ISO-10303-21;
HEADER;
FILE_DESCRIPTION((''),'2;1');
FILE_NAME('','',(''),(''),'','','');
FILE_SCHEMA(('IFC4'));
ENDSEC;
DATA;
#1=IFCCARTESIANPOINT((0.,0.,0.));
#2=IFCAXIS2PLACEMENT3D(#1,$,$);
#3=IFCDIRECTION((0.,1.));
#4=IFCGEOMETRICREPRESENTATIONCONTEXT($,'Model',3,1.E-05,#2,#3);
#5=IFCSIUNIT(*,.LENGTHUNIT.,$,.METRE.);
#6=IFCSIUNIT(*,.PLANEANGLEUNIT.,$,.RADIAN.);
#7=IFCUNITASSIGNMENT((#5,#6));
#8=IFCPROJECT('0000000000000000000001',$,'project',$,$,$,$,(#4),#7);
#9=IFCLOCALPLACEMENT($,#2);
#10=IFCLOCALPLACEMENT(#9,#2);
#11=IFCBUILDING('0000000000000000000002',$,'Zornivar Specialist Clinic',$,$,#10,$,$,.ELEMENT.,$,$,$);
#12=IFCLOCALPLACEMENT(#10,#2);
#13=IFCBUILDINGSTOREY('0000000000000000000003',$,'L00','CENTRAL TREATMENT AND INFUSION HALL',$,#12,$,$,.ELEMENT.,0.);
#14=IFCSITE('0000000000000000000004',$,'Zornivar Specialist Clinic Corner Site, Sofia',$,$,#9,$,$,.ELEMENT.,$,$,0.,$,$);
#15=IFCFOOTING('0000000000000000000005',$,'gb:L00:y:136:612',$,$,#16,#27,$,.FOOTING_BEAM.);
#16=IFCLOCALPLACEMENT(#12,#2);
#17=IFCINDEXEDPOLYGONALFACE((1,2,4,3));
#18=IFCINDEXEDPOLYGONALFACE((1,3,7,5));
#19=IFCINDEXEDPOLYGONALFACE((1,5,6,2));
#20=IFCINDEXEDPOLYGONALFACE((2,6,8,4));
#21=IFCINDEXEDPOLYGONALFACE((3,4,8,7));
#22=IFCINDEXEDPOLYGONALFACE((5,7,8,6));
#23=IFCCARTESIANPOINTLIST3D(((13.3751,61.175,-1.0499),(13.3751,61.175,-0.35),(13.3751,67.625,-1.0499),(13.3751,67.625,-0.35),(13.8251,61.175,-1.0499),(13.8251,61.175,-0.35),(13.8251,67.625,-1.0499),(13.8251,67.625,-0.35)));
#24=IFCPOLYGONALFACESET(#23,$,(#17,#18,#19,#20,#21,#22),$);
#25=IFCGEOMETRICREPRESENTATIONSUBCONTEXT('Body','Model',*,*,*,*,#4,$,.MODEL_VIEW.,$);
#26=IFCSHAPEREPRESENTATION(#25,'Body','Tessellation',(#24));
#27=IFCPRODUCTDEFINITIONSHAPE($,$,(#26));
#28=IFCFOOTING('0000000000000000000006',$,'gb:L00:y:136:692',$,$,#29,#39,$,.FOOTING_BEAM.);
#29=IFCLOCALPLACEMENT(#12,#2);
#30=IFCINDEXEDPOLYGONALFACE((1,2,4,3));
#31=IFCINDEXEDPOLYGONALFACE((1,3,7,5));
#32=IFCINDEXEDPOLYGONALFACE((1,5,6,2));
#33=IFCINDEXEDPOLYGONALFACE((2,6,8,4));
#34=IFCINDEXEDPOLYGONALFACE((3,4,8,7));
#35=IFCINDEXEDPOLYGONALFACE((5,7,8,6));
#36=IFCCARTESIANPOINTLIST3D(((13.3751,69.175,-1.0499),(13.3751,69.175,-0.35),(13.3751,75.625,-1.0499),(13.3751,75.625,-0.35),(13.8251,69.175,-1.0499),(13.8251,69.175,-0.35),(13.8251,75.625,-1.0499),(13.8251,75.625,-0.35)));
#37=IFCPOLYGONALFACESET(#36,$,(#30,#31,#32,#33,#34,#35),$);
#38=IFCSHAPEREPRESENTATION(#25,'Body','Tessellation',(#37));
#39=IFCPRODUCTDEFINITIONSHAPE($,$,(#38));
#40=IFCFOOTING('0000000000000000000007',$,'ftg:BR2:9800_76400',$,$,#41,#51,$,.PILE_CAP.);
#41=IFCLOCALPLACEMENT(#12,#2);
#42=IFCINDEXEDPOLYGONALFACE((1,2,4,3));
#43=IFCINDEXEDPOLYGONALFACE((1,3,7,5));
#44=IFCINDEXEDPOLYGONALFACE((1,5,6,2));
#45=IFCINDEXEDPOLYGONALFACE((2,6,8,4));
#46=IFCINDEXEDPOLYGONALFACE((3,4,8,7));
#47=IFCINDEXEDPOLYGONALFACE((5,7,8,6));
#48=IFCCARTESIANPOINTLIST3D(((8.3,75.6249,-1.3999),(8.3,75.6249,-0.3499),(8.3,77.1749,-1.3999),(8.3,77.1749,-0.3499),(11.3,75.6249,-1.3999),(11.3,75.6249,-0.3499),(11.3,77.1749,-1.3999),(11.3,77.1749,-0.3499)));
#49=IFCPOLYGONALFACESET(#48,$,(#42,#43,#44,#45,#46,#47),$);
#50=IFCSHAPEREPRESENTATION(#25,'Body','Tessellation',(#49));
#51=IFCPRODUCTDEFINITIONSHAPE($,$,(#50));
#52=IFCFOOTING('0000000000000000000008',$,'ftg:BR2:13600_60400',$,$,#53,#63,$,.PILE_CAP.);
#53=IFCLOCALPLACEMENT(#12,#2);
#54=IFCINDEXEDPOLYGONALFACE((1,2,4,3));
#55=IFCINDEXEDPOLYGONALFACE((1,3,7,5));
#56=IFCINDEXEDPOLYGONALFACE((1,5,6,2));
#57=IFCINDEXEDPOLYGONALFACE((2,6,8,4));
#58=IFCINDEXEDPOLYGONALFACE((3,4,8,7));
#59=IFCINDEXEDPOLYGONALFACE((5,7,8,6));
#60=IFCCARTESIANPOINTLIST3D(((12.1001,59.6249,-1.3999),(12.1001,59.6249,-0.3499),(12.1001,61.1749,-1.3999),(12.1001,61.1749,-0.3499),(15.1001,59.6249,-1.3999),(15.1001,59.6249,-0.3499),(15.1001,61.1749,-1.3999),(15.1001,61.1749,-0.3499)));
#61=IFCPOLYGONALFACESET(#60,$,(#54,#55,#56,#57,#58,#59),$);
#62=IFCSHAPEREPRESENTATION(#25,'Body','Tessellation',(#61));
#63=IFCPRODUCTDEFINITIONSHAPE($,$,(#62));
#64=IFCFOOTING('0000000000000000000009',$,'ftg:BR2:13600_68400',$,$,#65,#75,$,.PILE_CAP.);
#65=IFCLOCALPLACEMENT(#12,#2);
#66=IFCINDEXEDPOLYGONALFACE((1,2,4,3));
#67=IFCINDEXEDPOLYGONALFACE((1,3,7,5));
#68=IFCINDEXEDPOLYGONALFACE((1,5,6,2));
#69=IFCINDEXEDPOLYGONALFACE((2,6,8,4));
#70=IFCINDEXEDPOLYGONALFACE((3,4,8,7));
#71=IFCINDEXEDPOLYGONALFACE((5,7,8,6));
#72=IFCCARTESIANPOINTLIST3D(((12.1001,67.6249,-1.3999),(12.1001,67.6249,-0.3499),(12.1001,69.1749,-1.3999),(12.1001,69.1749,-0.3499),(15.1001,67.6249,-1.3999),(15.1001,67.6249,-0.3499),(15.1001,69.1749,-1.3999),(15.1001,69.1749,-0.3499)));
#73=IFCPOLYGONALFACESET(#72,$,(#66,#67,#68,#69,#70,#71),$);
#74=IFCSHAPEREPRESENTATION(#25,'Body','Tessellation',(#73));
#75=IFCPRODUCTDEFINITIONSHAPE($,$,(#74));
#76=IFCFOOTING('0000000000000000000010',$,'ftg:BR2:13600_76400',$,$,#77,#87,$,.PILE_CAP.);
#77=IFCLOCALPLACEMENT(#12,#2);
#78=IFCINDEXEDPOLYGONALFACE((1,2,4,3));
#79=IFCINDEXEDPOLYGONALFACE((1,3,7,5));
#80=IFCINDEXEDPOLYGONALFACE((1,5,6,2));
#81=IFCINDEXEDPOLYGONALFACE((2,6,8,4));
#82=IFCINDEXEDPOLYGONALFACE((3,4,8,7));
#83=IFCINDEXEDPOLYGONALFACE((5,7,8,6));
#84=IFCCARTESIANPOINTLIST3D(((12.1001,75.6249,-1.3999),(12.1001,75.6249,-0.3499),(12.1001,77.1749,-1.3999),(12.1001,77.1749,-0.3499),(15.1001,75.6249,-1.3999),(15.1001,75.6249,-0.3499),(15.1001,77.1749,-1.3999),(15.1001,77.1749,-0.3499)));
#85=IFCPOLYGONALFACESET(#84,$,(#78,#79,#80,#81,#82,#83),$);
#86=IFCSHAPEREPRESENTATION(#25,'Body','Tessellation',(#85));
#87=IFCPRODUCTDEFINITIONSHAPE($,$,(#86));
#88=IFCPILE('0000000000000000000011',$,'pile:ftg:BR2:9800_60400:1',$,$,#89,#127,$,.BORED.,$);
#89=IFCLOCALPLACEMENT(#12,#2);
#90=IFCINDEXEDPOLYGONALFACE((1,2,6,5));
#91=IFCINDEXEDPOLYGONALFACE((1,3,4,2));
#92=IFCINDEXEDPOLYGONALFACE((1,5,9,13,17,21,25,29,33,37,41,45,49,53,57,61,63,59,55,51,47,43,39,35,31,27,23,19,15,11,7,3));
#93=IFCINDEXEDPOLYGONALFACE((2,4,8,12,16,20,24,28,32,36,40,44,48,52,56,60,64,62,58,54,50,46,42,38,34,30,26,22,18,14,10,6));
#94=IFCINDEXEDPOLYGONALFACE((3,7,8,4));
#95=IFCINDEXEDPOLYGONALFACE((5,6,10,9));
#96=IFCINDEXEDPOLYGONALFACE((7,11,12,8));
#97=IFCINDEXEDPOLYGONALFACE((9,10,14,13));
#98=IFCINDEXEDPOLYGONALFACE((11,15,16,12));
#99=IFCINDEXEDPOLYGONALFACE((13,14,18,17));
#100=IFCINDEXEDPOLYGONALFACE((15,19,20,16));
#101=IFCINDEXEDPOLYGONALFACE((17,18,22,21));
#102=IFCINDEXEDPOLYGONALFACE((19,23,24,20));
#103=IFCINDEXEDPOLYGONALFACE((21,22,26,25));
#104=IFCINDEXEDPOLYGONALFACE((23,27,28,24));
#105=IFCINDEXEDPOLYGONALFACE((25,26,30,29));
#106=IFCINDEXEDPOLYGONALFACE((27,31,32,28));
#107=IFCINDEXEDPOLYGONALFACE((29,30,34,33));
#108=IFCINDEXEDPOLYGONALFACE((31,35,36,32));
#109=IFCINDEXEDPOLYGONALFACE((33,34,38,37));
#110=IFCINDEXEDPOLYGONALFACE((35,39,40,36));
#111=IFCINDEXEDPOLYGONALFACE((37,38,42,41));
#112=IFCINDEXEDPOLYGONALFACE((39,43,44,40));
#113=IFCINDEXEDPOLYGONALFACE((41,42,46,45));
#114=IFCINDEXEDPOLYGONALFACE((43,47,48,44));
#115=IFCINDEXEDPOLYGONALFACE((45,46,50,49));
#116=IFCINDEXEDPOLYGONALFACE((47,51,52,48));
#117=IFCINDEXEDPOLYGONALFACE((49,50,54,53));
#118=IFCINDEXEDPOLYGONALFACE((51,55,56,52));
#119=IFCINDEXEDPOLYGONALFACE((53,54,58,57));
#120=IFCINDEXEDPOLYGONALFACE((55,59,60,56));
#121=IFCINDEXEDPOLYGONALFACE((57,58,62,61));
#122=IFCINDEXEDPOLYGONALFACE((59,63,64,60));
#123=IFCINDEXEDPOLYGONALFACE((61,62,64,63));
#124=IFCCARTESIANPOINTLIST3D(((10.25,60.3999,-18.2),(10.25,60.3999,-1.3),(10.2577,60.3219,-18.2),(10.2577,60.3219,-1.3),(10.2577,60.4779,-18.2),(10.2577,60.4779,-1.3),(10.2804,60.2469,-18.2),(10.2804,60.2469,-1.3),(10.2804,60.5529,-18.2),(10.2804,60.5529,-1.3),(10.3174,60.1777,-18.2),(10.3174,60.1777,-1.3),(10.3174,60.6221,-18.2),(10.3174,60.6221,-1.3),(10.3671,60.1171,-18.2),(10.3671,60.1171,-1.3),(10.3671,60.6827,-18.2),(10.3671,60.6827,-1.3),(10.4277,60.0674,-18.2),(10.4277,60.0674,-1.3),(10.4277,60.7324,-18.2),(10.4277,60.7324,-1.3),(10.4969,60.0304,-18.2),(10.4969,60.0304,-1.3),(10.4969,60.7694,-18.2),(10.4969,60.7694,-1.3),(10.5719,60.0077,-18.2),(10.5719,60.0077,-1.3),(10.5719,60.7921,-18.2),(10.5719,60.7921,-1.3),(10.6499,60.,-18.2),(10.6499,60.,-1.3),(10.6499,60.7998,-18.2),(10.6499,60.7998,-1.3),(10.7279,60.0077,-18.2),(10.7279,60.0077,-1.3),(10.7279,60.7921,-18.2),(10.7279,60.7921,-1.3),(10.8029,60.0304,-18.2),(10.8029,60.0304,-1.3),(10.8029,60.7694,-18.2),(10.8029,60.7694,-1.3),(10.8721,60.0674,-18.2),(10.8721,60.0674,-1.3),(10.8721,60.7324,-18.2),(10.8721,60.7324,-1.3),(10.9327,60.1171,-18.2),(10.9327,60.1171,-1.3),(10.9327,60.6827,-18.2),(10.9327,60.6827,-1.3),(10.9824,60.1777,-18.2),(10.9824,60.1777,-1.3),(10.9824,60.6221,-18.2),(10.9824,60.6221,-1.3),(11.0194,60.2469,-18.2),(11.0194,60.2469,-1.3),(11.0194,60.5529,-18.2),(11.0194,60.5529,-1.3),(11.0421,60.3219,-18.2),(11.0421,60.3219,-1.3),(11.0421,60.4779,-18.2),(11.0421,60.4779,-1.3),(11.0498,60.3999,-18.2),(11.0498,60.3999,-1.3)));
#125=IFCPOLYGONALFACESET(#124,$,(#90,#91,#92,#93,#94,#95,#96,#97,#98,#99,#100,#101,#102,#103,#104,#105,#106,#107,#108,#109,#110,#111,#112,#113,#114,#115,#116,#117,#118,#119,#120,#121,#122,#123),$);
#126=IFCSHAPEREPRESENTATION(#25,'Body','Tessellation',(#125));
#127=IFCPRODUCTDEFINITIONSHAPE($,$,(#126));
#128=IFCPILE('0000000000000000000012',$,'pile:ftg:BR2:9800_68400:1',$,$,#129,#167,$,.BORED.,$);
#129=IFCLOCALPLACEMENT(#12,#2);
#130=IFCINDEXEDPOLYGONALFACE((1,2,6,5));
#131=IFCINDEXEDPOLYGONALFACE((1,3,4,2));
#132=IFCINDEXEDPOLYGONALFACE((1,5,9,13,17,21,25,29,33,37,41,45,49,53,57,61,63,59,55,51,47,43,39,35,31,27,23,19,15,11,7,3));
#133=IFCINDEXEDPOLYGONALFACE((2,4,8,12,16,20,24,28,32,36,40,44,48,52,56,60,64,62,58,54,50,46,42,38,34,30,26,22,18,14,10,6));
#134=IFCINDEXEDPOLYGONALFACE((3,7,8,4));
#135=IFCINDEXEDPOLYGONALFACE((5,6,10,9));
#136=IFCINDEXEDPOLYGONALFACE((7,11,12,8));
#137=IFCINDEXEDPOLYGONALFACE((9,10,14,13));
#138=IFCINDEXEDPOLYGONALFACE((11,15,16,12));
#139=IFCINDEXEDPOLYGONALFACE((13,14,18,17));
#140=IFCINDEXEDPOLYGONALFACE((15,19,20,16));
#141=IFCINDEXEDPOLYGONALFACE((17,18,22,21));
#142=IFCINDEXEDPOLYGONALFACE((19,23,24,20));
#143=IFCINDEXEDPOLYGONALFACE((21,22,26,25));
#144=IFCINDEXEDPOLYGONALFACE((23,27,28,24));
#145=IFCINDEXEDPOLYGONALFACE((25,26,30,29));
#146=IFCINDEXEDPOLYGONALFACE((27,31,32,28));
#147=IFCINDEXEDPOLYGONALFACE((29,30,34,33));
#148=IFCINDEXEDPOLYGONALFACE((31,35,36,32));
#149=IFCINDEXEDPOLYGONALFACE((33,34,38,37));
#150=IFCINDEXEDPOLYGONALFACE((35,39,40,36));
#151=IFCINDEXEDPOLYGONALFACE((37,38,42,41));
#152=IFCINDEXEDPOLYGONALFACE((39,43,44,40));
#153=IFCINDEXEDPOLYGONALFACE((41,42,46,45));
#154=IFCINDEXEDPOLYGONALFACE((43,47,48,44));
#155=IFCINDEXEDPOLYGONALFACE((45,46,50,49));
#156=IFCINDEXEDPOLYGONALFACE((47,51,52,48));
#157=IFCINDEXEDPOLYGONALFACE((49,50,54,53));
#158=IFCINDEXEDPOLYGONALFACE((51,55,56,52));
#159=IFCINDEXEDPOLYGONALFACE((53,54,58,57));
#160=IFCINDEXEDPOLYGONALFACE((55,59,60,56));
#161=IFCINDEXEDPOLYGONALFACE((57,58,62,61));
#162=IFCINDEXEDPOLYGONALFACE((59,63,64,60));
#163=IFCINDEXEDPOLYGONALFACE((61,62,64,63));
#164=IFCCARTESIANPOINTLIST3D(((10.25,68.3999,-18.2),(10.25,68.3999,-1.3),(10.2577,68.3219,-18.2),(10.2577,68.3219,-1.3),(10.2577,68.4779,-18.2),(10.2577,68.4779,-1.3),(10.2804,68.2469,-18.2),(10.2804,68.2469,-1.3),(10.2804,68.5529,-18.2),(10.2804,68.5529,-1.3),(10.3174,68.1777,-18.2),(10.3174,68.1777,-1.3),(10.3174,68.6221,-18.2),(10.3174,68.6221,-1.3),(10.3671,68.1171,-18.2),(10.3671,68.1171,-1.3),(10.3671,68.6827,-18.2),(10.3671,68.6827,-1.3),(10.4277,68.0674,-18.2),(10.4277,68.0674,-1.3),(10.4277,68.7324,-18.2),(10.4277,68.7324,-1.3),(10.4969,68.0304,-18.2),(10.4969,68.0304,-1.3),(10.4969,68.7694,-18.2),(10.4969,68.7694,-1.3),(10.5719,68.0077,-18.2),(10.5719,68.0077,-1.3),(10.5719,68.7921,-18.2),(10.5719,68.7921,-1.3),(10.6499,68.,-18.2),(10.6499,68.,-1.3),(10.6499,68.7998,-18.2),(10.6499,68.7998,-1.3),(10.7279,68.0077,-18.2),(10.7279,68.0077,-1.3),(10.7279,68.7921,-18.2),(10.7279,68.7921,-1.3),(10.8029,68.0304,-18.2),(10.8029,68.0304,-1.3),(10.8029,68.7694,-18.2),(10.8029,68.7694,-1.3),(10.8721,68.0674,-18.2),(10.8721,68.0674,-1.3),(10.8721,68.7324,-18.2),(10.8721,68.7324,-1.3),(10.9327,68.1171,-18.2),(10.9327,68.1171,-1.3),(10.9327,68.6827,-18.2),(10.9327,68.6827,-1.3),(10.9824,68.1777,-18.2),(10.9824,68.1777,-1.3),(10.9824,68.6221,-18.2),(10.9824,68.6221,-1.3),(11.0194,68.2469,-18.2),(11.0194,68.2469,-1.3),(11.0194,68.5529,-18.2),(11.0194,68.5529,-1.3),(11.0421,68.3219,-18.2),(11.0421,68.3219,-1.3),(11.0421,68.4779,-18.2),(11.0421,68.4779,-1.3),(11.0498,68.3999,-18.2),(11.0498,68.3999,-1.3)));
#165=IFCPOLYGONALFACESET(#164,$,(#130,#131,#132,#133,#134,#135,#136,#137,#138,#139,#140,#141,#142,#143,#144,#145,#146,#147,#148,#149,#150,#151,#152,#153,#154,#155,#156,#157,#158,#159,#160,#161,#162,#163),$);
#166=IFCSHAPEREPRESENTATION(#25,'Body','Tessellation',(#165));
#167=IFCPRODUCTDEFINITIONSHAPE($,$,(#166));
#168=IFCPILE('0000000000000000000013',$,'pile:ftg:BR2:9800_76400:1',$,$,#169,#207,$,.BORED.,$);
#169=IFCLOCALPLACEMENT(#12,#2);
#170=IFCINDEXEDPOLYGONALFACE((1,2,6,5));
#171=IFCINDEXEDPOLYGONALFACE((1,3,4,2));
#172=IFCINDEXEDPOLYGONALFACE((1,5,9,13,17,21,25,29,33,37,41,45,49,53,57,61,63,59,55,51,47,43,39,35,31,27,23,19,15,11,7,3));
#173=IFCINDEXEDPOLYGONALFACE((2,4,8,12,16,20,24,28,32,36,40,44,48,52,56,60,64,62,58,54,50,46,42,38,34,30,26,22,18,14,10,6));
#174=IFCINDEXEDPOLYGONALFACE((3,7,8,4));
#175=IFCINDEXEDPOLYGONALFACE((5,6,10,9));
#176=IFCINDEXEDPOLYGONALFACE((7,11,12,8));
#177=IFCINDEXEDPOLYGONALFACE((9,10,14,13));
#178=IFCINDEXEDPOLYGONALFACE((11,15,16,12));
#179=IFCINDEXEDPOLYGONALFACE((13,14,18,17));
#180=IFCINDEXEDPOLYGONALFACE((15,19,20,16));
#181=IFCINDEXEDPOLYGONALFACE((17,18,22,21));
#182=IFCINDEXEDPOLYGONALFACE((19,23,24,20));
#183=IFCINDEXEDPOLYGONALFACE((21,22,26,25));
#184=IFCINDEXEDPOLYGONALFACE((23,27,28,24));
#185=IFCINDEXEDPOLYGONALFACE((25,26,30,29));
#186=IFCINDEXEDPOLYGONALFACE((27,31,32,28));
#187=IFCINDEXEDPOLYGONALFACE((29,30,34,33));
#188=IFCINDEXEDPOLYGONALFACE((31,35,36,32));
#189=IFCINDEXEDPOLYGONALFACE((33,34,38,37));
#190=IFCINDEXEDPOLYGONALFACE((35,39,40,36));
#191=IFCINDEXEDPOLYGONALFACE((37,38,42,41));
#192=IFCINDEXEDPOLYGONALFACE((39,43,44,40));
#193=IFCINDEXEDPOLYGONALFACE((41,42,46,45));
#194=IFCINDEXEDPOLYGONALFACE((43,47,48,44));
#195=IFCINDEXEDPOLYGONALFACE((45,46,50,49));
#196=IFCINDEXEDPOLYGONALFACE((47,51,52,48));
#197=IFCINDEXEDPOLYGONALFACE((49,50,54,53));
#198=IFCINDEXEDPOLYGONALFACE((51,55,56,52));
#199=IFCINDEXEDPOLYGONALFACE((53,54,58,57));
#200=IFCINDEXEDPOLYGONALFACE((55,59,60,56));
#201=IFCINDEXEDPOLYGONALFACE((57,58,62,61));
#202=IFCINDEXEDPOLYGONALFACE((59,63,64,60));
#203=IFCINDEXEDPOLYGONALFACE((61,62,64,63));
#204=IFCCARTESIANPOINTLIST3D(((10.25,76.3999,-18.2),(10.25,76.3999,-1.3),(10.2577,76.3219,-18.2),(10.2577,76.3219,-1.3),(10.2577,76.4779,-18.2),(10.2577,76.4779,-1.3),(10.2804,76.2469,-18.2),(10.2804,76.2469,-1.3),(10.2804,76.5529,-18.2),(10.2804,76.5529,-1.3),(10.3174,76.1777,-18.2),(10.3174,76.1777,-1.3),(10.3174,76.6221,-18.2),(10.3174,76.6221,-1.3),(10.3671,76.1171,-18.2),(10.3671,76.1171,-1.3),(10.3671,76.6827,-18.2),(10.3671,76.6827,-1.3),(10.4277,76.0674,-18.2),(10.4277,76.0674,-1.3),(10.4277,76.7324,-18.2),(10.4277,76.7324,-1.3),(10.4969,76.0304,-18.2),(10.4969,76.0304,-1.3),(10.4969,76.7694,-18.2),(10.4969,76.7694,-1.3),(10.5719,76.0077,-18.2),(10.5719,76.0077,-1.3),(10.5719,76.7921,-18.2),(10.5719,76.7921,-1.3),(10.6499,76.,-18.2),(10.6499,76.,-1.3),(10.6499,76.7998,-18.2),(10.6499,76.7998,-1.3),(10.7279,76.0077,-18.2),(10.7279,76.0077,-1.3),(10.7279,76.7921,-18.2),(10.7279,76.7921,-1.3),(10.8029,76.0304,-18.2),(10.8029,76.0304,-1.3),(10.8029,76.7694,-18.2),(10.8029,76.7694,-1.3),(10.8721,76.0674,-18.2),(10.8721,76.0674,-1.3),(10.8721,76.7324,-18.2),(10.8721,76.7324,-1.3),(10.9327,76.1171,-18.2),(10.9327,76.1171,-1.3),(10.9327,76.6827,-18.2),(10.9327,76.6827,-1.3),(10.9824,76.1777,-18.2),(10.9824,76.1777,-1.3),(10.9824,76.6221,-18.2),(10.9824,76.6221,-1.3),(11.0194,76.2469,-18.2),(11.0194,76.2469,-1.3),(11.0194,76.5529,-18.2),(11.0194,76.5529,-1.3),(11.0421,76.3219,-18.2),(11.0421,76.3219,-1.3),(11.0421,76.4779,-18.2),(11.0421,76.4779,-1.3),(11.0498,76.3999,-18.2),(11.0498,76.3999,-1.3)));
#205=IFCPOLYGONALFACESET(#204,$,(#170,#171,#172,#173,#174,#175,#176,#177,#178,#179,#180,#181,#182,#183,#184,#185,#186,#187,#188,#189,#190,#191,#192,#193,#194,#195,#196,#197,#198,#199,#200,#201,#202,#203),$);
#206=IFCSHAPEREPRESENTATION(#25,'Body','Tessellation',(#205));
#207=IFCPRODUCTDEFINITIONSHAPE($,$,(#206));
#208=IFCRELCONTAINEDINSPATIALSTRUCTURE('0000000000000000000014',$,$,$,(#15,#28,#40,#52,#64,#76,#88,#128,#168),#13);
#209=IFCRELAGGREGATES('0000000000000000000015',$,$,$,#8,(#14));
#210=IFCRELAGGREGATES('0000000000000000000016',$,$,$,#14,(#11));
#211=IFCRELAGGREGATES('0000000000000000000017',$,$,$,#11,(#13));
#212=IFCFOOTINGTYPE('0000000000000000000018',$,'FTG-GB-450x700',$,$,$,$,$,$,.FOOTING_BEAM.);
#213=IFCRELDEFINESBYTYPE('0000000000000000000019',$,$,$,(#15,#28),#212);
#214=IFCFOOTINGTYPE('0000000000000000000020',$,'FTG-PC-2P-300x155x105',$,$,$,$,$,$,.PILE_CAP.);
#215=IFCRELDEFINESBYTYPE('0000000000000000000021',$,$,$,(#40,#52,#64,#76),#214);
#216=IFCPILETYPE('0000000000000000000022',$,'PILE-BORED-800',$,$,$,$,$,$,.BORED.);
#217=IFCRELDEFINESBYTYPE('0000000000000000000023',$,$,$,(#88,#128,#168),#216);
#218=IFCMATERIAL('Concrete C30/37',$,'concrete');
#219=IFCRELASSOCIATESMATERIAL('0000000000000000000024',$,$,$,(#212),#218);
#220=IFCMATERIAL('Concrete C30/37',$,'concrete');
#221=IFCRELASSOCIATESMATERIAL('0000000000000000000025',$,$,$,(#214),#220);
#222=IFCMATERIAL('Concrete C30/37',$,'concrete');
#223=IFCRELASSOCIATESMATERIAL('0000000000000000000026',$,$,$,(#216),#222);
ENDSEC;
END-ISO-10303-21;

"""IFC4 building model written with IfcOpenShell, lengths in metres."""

from ifc_helpers import new_model, si_unit, direction, frame, origin, origin_2d, place, context, subcontext, project, spatial, rectangle, circle, extrude, material, material_profile, profile_set, type_object, element, save


model = new_model("IFC4")

# Units and contexts
model_context = context("Model", 3, precision=1e-05, world=origin(), true_north=direction((0.0, 1.0)))
body_context = subcontext(model_context, "Body", "Model", "MODEL_VIEW")
ifc_project = project(units=[si_unit("LENGTHUNIT", "METRE"), si_unit("PLANEANGLEUNIT", "RADIAN")], contexts=[model_context])

# Site, building, storey
site_placement = place(None, origin())
site = spatial("IfcSite", under=ifc_project, at=site_placement, Name="Zornivar Specialist Clinic Corner Site, Sofia", CompositionType="ELEMENT", RefElevation=0.0)
building_placement = place(site_placement, origin())
building = spatial("IfcBuilding", under=site, at=building_placement, Name="Zornivar Specialist Clinic", CompositionType="ELEMENT")
storey_placement = place(building_placement, origin())
storey = spatial("IfcBuildingStorey", under=building, at=storey_placement, Name="L00", Description="CENTRAL TREATMENT AND INFUSION HALL", CompositionType="ELEMENT", Elevation=0.0)

# Footings
ifc_material_1 = material(Name="Concrete C30/37", Category="concrete")
ifc_material_profile_1 = material_profile(ifc_material_1, rectangle(XDim=0.45, YDim=0.7, at=origin_2d()), Name="RC 450x700")
ifc_profile_set_1 = profile_set([ifc_material_profile_1], Name="Concrete C30/37")
footing_type_1 = type_object("IfcFootingType", Name="FTG-GB-450x700", PredefinedType="FOOTING_BEAM", material=ifc_profile_set_1)
for number, where, z_axis, x_axis, name in (
    (1, (13.6001, 61.175, -0.7), (0.0, 1.0, 0.0), (-1.0, 0.0, 0.0), "gb:L00:y:136:612"),
    (2, (13.6001, 69.175, -0.7), (0.0, 1.0, 0.0), (-1.0, 0.0, 0.0), "gb:L00:y:136:692"),
):
    element("IfcFooting", number, at=place(storey_placement, frame(where, z_axis=z_axis, x_axis=x_axis)), inside=storey, type_object=footing_type_1, Name=name, PredefinedType="FOOTING_BEAM", context=body_context, shape_type="SweptSolid", body=[
        extrude(rectangle(XDim=0.45, YDim=0.7, at=origin_2d()), origin(), (0.0, 0.0, 1.0), 6.45),
    ])
ifc_material_2 = material(Name="Concrete C30/37", Category="concrete")
footing_type_2 = type_object("IfcFootingType", Name="FTG-PC-2P-300x155x105", PredefinedType="PILE_CAP", material=ifc_material_2)
for number, where, z_axis, x_axis, name in (
    (3, (9.8, 76.3999, -1.3999), (0.0, 0.0, 1.0), (1.0, 0.0, 0.0), "ftg:BR2:9800_76400"),
    (4, (13.6001, 60.3999, -1.3999), (0.0, 0.0, 1.0), (1.0, 0.0, 0.0), "ftg:BR2:13600_60400"),
    (5, (13.6001, 68.3999, -1.3999), (0.0, 0.0, 1.0), (1.0, 0.0, 0.0), "ftg:BR2:13600_68400"),
    (6, (13.6001, 76.3999, -1.3999), (0.0, 0.0, 1.0), (1.0, 0.0, 0.0), "ftg:BR2:13600_76400"),
):
    element("IfcFooting", number, at=place(storey_placement, frame(where, z_axis=z_axis, x_axis=x_axis)), inside=storey, type_object=footing_type_2, Name=name, PredefinedType="PILE_CAP", context=body_context, shape_type="SweptSolid", body=[
        extrude(rectangle(XDim=3.0, YDim=1.55, at=origin_2d()), origin(), (0.0, 0.0, 1.0), 1.05),
    ])

# Piles
ifc_material_3 = material(Name="Concrete C30/37", Category="concrete")
ifc_material_profile_2 = material_profile(ifc_material_3, circle(Radius=0.3999, at=origin_2d()), Name="PILE D800")
ifc_profile_set_2 = profile_set([ifc_material_profile_2], Name="Concrete C30/37")
pile_type = type_object("IfcPileType", Name="PILE-BORED-800", PredefinedType="BORED", material=ifc_profile_set_2)
for number, where, z_axis, x_axis, name in (
    (7, (10.6499, 60.3999, -1.3), (0.0, 0.0, -1.0), (1.0, 0.0, 0.0), "pile:ftg:BR2:9800_60400:1"),
    (8, (10.6499, 68.3999, -1.3), (0.0, 0.0, -1.0), (1.0, 0.0, 0.0), "pile:ftg:BR2:9800_68400:1"),
    (9, (10.6499, 76.3999, -1.3), (0.0, 0.0, -1.0), (1.0, 0.0, 0.0), "pile:ftg:BR2:9800_76400:1"),
):
    element("IfcPile", number, at=place(storey_placement, frame(where, z_axis=z_axis, x_axis=x_axis)), inside=storey, type_object=pile_type, Name=name, PredefinedType="BORED", context=body_context, shape_type="SweptSolid", body=[
        extrude(circle(Radius=0.3999, at=origin_2d()), origin(), (0.0, 0.0, 1.0), 16.8999),
    ])

save(model, "model.ifc")
